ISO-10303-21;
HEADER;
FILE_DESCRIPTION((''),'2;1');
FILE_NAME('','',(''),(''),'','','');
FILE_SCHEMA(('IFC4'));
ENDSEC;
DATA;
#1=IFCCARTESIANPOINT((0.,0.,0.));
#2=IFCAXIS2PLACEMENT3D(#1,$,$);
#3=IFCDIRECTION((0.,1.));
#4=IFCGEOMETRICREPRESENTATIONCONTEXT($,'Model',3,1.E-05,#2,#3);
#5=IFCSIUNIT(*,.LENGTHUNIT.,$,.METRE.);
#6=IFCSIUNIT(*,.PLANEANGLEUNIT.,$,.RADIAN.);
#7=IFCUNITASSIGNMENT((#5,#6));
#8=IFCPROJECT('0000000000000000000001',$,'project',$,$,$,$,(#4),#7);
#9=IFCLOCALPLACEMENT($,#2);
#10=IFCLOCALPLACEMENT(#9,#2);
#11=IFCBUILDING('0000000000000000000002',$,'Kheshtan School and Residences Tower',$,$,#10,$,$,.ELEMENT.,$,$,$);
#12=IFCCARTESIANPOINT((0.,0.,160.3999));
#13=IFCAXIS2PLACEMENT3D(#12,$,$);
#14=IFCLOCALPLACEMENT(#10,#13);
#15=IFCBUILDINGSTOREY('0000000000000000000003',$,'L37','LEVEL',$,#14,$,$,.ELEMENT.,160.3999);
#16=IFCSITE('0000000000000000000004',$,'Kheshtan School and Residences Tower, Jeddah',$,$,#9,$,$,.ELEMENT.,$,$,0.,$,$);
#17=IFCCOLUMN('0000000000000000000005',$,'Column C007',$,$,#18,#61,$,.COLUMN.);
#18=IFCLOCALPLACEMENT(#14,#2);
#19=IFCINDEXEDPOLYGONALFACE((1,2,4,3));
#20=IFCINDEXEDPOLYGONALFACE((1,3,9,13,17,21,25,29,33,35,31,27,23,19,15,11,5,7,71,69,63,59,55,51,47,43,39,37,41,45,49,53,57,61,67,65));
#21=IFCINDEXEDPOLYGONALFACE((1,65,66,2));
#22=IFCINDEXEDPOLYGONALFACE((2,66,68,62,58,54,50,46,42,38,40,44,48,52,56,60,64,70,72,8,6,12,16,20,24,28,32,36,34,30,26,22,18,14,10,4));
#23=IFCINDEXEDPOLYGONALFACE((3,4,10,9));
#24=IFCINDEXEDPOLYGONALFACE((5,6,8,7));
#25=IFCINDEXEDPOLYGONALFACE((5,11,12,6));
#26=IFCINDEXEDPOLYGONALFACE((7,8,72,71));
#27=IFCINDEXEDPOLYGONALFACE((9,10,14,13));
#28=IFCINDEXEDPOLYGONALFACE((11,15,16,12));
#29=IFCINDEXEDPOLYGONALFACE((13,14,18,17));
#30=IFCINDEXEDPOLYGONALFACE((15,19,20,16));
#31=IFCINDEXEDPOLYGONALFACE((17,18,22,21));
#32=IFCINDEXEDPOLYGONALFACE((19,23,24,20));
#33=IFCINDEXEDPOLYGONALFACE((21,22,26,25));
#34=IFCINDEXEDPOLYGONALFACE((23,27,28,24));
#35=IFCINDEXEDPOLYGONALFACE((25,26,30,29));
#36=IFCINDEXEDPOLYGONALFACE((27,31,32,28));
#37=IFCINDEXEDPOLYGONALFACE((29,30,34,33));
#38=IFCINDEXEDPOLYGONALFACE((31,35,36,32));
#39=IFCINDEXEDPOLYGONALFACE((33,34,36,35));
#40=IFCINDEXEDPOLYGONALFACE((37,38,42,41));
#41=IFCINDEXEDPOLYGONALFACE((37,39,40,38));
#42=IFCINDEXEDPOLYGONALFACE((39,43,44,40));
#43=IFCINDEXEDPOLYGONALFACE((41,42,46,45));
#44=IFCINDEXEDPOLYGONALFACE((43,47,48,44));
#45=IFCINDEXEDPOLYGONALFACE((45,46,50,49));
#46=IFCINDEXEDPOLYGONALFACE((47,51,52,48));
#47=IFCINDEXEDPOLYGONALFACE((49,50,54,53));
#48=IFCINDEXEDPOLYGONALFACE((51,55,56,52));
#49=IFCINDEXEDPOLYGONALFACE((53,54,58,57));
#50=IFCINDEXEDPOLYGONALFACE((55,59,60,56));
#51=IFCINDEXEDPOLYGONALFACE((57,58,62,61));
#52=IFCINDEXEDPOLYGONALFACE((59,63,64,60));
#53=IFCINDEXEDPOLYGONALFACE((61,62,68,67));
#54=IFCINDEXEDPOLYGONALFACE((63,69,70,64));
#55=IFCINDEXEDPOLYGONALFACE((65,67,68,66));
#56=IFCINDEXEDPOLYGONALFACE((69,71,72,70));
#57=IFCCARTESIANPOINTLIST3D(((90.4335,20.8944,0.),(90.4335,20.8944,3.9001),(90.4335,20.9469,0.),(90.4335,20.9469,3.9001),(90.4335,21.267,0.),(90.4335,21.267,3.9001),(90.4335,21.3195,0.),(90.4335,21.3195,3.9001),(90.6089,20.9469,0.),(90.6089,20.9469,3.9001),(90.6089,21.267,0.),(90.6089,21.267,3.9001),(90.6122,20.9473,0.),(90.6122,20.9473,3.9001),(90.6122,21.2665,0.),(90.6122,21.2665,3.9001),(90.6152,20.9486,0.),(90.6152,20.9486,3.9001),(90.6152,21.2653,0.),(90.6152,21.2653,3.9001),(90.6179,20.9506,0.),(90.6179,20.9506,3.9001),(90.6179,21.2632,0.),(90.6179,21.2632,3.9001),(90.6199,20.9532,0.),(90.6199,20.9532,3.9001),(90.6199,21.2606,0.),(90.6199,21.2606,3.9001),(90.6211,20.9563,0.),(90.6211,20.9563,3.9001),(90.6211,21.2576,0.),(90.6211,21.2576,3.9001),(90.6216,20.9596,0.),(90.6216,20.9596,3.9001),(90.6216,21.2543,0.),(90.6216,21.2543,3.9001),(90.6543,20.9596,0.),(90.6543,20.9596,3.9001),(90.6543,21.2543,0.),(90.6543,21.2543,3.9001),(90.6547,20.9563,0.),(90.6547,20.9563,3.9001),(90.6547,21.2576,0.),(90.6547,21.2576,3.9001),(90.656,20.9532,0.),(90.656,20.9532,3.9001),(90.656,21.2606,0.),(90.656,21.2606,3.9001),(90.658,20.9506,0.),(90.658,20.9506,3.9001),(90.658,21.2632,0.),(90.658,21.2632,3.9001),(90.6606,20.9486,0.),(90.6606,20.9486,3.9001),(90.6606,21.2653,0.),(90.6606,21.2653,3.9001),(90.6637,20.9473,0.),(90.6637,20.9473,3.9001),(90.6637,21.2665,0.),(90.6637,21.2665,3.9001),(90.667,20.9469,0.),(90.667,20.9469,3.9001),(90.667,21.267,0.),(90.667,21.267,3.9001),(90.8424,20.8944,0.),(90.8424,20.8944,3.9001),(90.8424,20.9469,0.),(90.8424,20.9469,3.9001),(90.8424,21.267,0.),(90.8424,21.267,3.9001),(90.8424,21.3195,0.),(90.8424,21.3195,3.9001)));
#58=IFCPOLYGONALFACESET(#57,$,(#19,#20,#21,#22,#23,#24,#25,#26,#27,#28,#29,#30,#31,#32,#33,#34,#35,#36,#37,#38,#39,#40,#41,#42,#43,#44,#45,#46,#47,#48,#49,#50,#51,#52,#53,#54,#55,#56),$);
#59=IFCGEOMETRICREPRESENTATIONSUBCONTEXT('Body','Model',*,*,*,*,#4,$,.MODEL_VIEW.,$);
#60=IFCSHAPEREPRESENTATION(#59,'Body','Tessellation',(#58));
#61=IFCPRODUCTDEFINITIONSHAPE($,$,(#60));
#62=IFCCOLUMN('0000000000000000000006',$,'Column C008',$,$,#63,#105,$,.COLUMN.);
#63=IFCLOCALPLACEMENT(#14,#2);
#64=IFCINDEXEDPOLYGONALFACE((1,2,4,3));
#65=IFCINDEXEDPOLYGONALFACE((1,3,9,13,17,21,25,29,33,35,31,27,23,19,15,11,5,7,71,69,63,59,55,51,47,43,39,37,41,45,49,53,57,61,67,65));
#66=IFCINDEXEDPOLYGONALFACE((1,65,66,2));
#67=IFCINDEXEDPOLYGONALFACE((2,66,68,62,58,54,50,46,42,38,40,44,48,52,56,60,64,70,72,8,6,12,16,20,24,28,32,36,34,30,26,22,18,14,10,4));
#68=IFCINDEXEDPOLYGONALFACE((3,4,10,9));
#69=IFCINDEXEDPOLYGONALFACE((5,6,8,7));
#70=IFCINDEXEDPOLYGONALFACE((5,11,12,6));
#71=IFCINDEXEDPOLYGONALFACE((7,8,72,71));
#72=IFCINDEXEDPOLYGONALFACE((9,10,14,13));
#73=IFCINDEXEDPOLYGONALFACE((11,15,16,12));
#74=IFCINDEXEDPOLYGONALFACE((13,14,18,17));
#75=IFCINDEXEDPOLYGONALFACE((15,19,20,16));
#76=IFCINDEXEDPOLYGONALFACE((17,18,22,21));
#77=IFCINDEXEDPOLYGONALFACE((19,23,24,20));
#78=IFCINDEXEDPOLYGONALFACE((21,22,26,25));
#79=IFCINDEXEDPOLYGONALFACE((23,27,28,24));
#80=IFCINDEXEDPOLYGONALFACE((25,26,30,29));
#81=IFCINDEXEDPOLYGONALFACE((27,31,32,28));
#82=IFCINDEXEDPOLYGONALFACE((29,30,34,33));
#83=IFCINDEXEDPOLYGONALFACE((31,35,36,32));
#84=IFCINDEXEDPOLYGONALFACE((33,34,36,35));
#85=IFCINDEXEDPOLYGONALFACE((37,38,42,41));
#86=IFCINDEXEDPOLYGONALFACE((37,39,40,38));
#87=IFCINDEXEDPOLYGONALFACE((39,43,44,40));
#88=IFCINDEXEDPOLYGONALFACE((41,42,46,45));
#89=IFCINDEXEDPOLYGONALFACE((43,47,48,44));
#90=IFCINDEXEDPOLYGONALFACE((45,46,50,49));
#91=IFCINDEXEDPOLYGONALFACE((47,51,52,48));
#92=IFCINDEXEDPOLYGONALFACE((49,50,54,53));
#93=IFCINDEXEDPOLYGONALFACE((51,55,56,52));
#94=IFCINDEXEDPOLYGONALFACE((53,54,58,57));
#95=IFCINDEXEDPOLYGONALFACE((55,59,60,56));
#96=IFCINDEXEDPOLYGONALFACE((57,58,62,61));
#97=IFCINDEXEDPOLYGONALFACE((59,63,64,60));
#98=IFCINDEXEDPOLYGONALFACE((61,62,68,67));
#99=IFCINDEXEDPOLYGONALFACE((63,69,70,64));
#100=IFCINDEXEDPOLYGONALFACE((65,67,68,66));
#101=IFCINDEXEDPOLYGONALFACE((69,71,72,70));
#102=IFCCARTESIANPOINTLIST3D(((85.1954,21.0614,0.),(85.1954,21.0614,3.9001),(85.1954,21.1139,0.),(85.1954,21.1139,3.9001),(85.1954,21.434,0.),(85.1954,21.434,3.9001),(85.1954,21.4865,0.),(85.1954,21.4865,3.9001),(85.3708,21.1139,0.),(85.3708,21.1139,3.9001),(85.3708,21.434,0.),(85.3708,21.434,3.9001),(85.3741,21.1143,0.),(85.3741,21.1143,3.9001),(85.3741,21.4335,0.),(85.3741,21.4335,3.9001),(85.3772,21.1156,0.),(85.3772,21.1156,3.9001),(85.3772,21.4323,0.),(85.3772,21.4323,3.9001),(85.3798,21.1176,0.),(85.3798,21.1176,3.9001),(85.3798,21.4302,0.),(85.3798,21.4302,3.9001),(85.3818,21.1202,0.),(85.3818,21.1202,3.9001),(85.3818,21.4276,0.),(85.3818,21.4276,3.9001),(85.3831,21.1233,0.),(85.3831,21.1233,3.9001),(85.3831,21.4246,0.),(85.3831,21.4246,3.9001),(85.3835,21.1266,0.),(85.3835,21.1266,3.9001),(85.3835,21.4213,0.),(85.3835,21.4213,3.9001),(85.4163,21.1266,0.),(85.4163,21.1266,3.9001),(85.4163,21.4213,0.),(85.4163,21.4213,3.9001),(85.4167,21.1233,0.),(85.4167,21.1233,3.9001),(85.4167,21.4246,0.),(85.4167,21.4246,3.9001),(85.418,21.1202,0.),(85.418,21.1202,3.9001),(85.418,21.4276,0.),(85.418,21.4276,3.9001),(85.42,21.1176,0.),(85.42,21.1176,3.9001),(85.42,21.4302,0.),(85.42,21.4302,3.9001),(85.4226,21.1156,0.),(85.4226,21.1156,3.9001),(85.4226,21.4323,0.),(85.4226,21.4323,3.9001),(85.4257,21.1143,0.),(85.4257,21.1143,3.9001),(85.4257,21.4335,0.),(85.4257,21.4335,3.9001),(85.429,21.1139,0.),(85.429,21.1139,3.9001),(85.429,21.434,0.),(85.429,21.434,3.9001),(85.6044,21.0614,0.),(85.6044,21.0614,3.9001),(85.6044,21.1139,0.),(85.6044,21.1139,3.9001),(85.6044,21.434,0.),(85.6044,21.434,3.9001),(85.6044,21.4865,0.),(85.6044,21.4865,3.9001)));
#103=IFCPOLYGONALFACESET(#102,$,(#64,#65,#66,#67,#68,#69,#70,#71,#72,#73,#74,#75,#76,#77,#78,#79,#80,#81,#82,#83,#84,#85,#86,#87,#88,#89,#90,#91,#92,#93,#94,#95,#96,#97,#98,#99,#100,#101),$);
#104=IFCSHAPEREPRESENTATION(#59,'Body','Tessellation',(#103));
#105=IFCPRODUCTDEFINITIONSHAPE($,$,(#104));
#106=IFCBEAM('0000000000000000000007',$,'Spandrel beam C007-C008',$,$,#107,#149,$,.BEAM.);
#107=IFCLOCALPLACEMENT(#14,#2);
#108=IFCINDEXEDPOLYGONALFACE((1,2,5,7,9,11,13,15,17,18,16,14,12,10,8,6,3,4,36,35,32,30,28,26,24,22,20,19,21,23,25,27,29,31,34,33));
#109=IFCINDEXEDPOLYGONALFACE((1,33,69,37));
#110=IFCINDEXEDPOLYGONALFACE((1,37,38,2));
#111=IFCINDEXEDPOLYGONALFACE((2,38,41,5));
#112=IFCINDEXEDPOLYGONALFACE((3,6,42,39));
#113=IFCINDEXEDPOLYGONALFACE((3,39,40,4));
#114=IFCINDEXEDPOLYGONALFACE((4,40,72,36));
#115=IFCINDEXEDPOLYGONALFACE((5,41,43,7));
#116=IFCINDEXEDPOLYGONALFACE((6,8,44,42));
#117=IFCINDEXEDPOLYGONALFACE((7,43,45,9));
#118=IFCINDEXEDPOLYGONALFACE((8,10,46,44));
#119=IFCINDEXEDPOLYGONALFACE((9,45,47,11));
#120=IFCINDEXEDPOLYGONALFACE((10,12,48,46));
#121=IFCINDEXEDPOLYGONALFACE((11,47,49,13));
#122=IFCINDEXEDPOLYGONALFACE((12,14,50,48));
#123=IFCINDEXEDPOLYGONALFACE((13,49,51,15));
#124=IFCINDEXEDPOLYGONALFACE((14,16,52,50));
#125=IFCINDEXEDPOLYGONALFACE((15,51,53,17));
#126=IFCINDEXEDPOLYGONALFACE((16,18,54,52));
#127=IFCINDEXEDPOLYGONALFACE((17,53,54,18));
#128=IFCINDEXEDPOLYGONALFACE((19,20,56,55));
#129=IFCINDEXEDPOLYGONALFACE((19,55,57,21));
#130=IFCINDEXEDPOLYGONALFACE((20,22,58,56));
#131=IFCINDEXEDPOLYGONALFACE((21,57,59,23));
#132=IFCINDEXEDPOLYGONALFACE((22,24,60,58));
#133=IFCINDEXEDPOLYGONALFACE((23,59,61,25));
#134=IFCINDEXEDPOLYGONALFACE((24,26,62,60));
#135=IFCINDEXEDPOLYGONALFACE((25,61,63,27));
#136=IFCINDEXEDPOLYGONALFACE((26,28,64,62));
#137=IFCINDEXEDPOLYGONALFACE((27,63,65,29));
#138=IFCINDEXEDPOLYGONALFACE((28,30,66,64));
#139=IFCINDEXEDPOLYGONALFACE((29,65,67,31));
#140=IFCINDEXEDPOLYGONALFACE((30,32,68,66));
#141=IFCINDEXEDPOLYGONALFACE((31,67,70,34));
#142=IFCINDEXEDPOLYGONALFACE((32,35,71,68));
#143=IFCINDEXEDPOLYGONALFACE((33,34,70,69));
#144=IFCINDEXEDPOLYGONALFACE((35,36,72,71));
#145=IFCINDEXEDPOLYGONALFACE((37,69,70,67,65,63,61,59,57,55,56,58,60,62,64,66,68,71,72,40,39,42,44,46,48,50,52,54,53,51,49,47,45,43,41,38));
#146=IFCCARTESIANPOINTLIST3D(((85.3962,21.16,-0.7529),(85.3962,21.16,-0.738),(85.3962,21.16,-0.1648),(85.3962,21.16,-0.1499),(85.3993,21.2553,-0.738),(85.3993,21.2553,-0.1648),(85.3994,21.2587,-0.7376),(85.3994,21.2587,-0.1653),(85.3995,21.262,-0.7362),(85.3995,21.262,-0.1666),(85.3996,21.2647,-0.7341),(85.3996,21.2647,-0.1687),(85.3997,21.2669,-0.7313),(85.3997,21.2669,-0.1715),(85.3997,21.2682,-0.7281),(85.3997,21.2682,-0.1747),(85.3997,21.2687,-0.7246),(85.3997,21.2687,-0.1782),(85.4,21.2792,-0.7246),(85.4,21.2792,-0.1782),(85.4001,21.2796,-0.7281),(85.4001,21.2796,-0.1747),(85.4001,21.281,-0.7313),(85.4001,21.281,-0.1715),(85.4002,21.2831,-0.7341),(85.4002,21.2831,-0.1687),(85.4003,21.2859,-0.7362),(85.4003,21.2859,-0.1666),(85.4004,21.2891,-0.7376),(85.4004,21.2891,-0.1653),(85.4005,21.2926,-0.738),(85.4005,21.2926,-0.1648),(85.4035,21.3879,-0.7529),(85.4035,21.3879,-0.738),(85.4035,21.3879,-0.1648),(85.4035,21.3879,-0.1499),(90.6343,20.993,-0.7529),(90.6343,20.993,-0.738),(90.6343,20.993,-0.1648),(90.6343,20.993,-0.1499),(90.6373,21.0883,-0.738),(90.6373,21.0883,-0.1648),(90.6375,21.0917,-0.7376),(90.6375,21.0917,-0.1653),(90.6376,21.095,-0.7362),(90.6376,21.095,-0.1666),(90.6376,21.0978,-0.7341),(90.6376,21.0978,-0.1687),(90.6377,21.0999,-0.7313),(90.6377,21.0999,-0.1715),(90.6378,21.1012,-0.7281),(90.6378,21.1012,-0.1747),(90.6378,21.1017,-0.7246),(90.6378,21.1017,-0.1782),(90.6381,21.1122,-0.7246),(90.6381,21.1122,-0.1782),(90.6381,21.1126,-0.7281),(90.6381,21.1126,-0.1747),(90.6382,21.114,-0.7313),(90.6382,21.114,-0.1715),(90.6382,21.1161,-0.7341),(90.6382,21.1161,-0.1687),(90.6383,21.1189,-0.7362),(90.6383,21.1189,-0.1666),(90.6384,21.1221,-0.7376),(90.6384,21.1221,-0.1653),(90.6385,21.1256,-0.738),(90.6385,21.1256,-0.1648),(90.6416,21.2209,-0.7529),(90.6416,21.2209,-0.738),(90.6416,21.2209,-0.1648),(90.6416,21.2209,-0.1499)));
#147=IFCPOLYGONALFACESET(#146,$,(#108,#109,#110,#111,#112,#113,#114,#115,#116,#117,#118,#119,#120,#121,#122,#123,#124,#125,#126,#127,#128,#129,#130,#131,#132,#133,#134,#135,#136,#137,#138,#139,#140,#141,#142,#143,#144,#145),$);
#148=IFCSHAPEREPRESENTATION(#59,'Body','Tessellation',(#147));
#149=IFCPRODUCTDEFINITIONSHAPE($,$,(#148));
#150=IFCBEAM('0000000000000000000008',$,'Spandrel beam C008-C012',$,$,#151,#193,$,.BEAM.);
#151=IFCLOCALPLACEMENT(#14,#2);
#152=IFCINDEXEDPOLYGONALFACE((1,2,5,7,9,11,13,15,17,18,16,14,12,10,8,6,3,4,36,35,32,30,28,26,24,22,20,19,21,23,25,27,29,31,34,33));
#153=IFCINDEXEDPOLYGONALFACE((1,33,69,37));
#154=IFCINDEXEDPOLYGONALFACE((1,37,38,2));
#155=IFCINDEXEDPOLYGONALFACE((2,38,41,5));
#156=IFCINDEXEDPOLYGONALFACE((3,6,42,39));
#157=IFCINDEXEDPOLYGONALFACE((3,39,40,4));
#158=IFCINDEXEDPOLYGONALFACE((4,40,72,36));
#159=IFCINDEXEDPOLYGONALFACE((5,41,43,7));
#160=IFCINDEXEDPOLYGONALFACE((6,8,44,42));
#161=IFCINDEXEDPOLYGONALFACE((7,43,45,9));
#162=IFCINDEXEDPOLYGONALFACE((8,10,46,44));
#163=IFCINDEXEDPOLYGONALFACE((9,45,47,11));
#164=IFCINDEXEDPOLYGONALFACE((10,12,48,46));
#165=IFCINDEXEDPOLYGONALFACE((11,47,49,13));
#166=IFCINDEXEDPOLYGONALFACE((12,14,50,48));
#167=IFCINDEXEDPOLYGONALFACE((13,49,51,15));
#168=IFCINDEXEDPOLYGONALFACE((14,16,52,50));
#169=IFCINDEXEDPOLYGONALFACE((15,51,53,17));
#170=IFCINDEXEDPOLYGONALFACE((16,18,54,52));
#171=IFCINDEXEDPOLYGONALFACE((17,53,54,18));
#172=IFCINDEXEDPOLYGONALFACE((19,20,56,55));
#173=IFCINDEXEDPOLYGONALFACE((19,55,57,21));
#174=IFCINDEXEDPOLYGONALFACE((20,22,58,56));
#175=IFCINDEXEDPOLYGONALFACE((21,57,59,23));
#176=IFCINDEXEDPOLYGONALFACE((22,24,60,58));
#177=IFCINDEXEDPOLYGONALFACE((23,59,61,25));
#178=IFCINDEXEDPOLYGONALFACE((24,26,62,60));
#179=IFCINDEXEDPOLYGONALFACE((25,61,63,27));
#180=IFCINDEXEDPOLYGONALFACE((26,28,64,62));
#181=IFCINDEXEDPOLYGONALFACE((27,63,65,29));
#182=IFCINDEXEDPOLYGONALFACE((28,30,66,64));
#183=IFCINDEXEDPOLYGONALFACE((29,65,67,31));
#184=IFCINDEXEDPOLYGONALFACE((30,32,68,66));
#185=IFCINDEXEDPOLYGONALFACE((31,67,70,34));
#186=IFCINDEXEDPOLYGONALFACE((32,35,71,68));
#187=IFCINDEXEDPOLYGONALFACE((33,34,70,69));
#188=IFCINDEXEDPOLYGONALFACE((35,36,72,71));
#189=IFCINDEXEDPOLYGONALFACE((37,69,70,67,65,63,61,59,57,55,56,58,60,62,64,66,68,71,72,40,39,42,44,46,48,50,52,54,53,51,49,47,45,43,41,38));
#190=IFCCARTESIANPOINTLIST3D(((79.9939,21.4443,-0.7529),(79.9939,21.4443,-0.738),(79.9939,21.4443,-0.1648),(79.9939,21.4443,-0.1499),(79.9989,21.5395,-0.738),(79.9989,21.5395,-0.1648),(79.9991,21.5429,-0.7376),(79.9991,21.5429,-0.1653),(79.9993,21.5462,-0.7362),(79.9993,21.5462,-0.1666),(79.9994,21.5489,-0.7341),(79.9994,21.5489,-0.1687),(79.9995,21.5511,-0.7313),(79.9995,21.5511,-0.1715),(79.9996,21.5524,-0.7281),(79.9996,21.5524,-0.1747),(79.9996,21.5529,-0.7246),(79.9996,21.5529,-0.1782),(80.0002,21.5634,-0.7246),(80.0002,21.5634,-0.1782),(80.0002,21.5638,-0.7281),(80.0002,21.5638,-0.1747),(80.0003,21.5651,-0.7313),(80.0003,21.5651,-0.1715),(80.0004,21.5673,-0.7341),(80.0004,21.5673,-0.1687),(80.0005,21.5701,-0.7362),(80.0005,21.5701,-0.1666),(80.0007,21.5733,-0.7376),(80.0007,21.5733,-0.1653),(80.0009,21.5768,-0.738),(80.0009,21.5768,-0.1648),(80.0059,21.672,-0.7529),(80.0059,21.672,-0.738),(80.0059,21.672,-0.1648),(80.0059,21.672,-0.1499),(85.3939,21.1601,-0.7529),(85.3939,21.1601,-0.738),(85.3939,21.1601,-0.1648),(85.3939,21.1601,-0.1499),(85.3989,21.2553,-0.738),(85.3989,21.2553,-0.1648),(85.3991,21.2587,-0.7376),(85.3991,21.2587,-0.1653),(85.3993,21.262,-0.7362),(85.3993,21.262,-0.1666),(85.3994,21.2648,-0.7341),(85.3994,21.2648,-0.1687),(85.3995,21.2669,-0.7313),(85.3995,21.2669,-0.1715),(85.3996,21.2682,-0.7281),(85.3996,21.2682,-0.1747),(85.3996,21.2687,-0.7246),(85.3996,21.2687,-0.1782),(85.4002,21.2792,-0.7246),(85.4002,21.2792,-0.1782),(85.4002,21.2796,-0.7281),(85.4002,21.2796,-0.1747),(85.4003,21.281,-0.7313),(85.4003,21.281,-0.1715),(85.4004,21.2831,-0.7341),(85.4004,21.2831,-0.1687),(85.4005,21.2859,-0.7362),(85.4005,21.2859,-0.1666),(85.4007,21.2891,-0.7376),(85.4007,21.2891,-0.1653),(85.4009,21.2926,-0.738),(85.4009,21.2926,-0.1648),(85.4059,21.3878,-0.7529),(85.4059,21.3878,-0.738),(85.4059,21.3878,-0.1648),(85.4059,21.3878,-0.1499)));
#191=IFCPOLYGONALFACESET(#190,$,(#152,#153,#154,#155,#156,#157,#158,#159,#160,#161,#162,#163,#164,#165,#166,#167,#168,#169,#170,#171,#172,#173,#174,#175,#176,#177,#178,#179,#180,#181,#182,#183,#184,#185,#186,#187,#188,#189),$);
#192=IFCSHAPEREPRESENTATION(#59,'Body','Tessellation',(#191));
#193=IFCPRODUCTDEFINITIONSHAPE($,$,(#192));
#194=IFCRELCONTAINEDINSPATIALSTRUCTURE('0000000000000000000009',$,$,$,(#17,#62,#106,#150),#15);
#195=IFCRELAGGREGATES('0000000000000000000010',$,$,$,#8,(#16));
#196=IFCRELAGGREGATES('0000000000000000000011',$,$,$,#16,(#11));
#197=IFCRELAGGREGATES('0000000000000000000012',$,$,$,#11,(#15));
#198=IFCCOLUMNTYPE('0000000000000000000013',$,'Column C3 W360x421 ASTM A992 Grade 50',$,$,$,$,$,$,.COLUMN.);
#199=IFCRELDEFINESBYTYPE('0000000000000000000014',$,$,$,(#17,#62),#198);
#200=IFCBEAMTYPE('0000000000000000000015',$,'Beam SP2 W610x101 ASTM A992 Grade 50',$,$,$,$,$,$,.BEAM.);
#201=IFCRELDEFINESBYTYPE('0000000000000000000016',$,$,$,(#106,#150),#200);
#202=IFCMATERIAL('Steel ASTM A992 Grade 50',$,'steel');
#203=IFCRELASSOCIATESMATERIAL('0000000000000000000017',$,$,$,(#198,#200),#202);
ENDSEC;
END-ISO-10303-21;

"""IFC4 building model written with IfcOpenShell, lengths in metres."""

from ifc_helpers import new_model, si_unit, direction, frame, origin, origin_2d, place, context, subcontext, project, spatial, i_section, extrude, material, material_profile, profile_set, type_object, element, save


model = new_model("IFC4")

# Units and contexts
model_context = context("Model", 3, precision=1e-05, world=origin(), true_north=direction((0.0, 1.0)))
body_context = subcontext(model_context, "Body", "Model", "MODEL_VIEW")
ifc_project = project(units=[si_unit("LENGTHUNIT", "METRE"), si_unit("PLANEANGLEUNIT", "RADIAN")], contexts=[model_context])

# Site, building, storey
site_placement = place(None, origin())
site = spatial("IfcSite", under=ifc_project, at=site_placement, Name="Kheshtan School and Residences Tower, Jeddah", CompositionType="ELEMENT", RefElevation=0.0)
building_placement = place(site_placement, origin())
building = spatial("IfcBuilding", under=site, at=building_placement, Name="Kheshtan School and Residences Tower", CompositionType="ELEMENT")
storey_placement = place(building_placement, frame((0.0, 0.0, 160.3999)))
storey = spatial("IfcBuildingStorey", under=building, at=storey_placement, Name="L37", Description="LEVEL", CompositionType="ELEMENT", Elevation=160.3999)

# Columns
ifc_material_1 = material(Name="Steel ASTM A992 Grade 50", Category="steel")
ifc_material_profile_1 = material_profile(ifc_material_1, i_section(OverallWidth=0.4089, OverallDepth=0.425, WebThickness=0.0327, FlangeThickness=0.0525, FilletRadius=0.0127, at=origin_2d()), Name="W360x421")
ifc_profile_set_1 = profile_set([ifc_material_profile_1], Name="Steel ASTM A992 Grade 50")
column_type = type_object("IfcColumnType", Name="Column C3 W360x421 ASTM A992 Grade 50", PredefinedType="COLUMN", material=ifc_profile_set_1)
for number, where, z_axis, x_axis, name in (
    (1, (90.6379, 21.1069, 0.0), (0.0, 0.0, 1.0), (1.0, 0.0, 0.0), "Column C007"),
    (2, (85.3999, 21.2739, 0.0), (0.0, 0.0, 1.0), (1.0, 0.0, 0.0), "Column C008"),
):
    element("IfcColumn", number, at=place(storey_placement, frame(where, z_axis=z_axis, x_axis=x_axis)), inside=storey, type_object=column_type, Name=name, PredefinedType="COLUMN", context=body_context, shape_type="SweptSolid", body=[
        extrude(i_section(OverallWidth=0.4089, OverallDepth=0.425, WebThickness=0.0327, FlangeThickness=0.0525, FilletRadius=0.0127, at=origin_2d()), origin(), (0.0, 0.0, 1.0), 3.9001),
    ])

# Beams
ifc_material_profile_2 = material_profile(ifc_material_1, i_section(OverallWidth=0.228, OverallDepth=0.603, WebThickness=0.0105, FlangeThickness=0.0149, FilletRadius=0.0134, at=origin_2d()), Name="W610x101")
ifc_profile_set_2 = profile_set([ifc_material_profile_2], Name="Steel ASTM A992 Grade 50")
beam_type = type_object("IfcBeamType", Name="Beam SP2 W610x101 ASTM A992 Grade 50", PredefinedType="BEAM", material=ifc_profile_set_2)
beam_1_placement = place(storey_placement, frame((90.6379, 21.1069, -0.4514), z_axis=(-0.999492, 0.031864, 0.0), x_axis=(-0.031864, -0.999492, 0.0)))
element("IfcBeam", 3, at=beam_1_placement, inside=storey, type_object=beam_type, Name="Spandrel beam C007-C008", PredefinedType="BEAM", context=body_context, shape_type="SweptSolid", body=[
    extrude(i_section(OverallWidth=0.228, OverallDepth=0.603, WebThickness=0.0105, FlangeThickness=0.0149, FilletRadius=0.0134, at=origin_2d()), origin(), (0.0, 0.0, 1.0), 5.2407),
])
beam_2_placement = place(storey_placement, frame((85.3999, 21.2739, -0.4514), z_axis=(-0.998618, 0.052554, 0.0), x_axis=(-0.052554, -0.998618, 0.0)))
element("IfcBeam", 4, at=beam_2_placement, inside=storey, type_object=beam_type, Name="Spandrel beam C008-C012", PredefinedType="BEAM", context=body_context, shape_type="SweptSolid", body=[
    extrude(i_section(OverallWidth=0.228, OverallDepth=0.603, WebThickness=0.0105, FlangeThickness=0.0149, FilletRadius=0.0134, at=origin_2d()), origin(), (0.0, 0.0, 1.0), 5.4075),
])

save(model, "model.ifc")
